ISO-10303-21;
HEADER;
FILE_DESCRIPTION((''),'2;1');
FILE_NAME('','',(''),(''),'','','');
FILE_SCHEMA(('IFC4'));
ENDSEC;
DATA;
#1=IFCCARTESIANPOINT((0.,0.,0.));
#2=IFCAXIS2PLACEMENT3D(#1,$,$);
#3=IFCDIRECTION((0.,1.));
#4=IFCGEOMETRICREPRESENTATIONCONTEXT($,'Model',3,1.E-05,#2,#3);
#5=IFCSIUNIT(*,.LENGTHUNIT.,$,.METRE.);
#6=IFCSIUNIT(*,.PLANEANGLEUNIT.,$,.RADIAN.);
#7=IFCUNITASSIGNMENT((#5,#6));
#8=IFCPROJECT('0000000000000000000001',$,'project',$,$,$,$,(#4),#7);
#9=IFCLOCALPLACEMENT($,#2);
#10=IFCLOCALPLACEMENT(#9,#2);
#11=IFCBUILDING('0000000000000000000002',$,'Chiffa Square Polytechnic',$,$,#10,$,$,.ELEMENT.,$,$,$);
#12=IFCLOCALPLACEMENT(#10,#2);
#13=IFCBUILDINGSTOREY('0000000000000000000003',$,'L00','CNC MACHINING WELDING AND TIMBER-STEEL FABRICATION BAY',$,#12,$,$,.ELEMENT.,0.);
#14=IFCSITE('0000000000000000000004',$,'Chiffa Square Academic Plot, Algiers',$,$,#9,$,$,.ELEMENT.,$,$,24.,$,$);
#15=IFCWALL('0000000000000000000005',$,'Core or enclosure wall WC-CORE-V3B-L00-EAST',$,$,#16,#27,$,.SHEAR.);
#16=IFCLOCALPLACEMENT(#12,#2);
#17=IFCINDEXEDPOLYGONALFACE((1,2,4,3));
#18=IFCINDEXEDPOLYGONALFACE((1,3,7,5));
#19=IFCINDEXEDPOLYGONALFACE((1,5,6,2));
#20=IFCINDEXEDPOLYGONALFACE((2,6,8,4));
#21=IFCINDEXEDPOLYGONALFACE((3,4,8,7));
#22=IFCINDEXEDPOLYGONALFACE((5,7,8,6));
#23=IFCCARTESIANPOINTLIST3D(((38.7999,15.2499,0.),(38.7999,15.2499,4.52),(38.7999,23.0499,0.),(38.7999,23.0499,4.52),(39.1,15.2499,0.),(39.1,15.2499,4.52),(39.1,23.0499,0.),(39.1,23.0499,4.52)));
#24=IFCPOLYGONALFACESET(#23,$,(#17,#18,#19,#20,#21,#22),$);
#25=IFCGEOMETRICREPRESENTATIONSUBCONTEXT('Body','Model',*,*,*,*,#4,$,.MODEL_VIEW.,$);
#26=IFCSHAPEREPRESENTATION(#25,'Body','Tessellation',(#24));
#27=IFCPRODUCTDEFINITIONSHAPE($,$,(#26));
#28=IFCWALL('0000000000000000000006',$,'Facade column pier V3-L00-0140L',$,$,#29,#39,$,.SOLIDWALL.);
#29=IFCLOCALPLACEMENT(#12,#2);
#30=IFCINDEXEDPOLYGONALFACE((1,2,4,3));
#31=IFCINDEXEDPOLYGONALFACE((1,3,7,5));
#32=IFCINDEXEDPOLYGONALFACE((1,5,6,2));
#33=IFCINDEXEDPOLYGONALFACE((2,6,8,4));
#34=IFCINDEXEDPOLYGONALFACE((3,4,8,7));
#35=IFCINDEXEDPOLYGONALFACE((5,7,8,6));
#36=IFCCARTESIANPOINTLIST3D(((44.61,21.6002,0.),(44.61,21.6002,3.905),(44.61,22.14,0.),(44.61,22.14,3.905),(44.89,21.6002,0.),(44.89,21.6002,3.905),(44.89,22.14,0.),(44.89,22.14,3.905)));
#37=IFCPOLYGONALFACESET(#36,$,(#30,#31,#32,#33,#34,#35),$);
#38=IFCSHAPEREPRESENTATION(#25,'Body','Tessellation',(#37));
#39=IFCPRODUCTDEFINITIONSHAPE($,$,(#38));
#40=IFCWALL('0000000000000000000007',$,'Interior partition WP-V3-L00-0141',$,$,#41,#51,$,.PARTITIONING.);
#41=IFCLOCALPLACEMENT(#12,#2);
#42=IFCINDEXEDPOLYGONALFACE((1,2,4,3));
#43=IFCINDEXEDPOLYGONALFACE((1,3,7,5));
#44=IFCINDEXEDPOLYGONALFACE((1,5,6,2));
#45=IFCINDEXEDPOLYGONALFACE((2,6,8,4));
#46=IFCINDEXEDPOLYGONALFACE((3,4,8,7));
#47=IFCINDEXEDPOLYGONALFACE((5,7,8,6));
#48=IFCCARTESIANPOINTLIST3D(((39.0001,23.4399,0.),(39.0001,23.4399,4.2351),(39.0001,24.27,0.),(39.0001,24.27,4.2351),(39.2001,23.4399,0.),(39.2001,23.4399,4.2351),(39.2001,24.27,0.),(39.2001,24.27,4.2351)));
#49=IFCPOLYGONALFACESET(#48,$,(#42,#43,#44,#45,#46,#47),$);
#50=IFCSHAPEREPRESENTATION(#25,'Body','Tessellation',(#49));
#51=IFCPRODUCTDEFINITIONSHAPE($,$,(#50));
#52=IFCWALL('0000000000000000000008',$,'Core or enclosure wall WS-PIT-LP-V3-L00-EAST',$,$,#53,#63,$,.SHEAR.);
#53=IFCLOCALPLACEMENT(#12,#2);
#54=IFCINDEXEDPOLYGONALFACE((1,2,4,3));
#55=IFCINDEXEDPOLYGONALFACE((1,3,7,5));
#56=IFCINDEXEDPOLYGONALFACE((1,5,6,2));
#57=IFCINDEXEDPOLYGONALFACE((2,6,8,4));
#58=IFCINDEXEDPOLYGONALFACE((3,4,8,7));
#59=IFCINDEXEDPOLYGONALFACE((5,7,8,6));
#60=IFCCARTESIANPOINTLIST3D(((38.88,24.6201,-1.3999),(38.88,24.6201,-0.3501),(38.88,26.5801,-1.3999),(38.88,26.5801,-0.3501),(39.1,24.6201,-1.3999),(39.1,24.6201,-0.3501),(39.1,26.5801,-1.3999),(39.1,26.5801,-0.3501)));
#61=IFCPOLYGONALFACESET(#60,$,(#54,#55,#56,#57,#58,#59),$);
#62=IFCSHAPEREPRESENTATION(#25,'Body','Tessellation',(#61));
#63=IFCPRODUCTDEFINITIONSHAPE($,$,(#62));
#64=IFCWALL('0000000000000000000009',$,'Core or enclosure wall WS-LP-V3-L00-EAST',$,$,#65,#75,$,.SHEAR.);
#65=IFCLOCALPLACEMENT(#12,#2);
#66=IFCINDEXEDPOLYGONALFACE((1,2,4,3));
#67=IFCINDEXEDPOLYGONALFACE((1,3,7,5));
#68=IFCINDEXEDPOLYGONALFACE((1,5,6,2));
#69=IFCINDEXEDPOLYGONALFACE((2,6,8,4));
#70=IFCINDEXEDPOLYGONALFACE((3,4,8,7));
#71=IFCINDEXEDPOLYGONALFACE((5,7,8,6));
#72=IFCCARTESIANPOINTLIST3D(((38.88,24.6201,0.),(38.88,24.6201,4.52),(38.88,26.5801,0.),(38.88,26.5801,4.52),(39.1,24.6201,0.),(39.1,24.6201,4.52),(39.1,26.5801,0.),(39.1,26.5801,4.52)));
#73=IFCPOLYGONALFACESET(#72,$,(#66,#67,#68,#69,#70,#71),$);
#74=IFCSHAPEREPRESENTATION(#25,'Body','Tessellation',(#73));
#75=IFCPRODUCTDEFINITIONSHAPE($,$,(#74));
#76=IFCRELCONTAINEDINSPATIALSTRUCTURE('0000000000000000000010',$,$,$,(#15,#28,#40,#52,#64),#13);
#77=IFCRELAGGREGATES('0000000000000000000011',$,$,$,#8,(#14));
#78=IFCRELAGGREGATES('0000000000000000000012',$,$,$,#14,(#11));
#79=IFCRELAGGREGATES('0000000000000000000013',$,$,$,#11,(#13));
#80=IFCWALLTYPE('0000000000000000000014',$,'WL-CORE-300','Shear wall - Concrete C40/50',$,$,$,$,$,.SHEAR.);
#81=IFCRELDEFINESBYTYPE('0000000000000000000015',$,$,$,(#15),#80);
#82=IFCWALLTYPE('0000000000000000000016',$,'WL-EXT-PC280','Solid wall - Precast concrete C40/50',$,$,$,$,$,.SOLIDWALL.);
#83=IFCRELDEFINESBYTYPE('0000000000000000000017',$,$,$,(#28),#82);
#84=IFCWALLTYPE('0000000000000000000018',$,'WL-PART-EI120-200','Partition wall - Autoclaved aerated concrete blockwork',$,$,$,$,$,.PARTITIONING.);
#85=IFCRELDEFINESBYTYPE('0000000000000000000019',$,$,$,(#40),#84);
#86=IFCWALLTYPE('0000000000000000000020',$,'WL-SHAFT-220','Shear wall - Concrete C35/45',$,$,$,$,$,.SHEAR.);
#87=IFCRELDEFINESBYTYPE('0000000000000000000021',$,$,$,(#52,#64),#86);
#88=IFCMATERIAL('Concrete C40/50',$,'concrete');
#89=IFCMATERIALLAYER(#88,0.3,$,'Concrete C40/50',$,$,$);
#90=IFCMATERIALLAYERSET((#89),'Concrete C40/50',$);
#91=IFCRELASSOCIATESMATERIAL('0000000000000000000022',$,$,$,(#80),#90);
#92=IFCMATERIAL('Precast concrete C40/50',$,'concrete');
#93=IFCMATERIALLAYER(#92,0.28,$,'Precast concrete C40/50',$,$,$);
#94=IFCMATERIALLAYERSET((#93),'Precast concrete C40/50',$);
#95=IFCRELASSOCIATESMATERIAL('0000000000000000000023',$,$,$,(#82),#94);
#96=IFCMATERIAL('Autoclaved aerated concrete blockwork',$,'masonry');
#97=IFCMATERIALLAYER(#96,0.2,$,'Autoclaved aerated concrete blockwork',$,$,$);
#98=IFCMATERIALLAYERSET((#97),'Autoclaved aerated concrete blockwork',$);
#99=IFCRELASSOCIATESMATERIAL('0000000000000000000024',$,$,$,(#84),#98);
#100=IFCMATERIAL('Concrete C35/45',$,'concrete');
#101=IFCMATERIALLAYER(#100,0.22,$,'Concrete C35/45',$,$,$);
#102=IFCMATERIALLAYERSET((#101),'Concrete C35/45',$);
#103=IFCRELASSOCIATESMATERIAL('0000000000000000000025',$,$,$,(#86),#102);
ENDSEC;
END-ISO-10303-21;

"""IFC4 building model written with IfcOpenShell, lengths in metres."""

from ifc_helpers import new_model, si_unit, direction, frame, frame_2d, origin, place, context, subcontext, project, spatial, rectangle, extrude, material, layer, layer_set, type_object, element, save


model = new_model("IFC4")

# Units and contexts
model_context = context("Model", 3, precision=1e-05, world=origin(), true_north=direction((0.0, 1.0)))
body_context = subcontext(model_context, "Body", "Model", "MODEL_VIEW")
ifc_project = project(units=[si_unit("LENGTHUNIT", "METRE"), si_unit("PLANEANGLEUNIT", "RADIAN")], contexts=[model_context])

# Site, building, storey
site_placement = place(None, origin())
site = spatial("IfcSite", under=ifc_project, at=site_placement, Name="Chiffa Square Academic Plot, Algiers", CompositionType="ELEMENT", RefElevation=24.0)
building_placement = place(site_placement, origin())
building = spatial("IfcBuilding", under=site, at=building_placement, Name="Chiffa Square Polytechnic", CompositionType="ELEMENT")
storey_placement = place(building_placement, origin())
storey = spatial("IfcBuildingStorey", under=building, at=storey_placement, Name="L00", Description="CNC MACHINING WELDING AND TIMBER-STEEL FABRICATION BAY", CompositionType="ELEMENT", Elevation=0.0)

# Shared definitions
ifc_material_1 = material(Name="Concrete C35/45", Category="concrete")

# Walls
ifc_material_2 = material(Name="Concrete C40/50", Category="concrete")
ifc_layer_1 = layer(ifc_material_2, 0.3, Name="Concrete C40/50")
ifc_layer_set_1 = layer_set([ifc_layer_1], Name="Concrete C40/50")
wall_type_1 = type_object("IfcWallType", Name="WL-CORE-300", Description="Shear wall - Concrete C40/50", PredefinedType="SHEAR", material=ifc_layer_set_1)
wall_1_placement = place(storey_placement, frame((38.95, 15.25, 0.0), z_axis=(0.0, 0.0, 1.0), x_axis=(0.0, 1.0, 0.0)))
element("IfcWall", 1, at=wall_1_placement, inside=storey, type_object=wall_type_1, Name="Core or enclosure wall WC-CORE-V3B-L00-EAST", PredefinedType="SHEAR", context=body_context, shape_type="SweptSolid", body=[
    extrude(rectangle(XDim=7.8, YDim=0.3, at=frame_2d((3.8999, 0.0))), origin(), (0.0, 0.0, 1.0), 4.52),
])
ifc_material_3 = material(Name="Precast concrete C40/50", Category="concrete")
ifc_layer_2 = layer(ifc_material_3, 0.28, Name="Precast concrete C40/50")
ifc_layer_set_2 = layer_set([ifc_layer_2], Name="Precast concrete C40/50")
wall_type_2 = type_object("IfcWallType", Name="WL-EXT-PC280", Description="Solid wall - Precast concrete C40/50", PredefinedType="SOLIDWALL", material=ifc_layer_set_2)
wall_2_placement = place(storey_placement, frame((44.75, 21.6001, 0.0), z_axis=(0.0, 0.0, 1.0), x_axis=(0.0, 1.0, 0.0)))
element("IfcWall", 2, at=wall_2_placement, inside=storey, type_object=wall_type_2, Name="Facade column pier V3-L00-0140L", PredefinedType="SOLIDWALL", context=body_context, shape_type="SweptSolid", body=[
    extrude(rectangle(XDim=0.5398, YDim=0.28, at=frame_2d((0.27, 0.0))), origin(), (0.0, 0.0, 1.0), 3.905),
])

# Shared definitions
ifc_material_4 = material(Name="Autoclaved aerated concrete blockwork", Category="masonry")
ifc_layer_3 = layer(ifc_material_4, 0.2, Name="Autoclaved aerated concrete blockwork")
ifc_layer_set_3 = layer_set([ifc_layer_3], Name="Autoclaved aerated concrete blockwork")
wall_type_3 = type_object("IfcWallType", Name="WL-PART-EI120-200", Description="Partition wall - Autoclaved aerated concrete blockwork", PredefinedType="PARTITIONING", material=ifc_layer_set_3)

# Walls
wall_3_placement = place(storey_placement, frame((39.1001, 23.4399, 0.0), z_axis=(0.0, 0.0, 1.0), x_axis=(0.0, 1.0, 0.0)))
element("IfcWall", 3, at=wall_3_placement, inside=storey, type_object=wall_type_3, Name="Interior partition WP-V3-L00-0141", PredefinedType="PARTITIONING", context=body_context, shape_type="SweptSolid", body=[
    extrude(rectangle(XDim=0.8301, YDim=0.2, at=frame_2d((0.415, 0.0))), origin(), (0.0, 0.0, 1.0), 4.2351),
])
ifc_layer_4 = layer(ifc_material_1, 0.22, Name="Concrete C35/45")
ifc_layer_set_4 = layer_set([ifc_layer_4], Name="Concrete C35/45")
wall_type_4 = type_object("IfcWallType", Name="WL-SHAFT-220", Description="Shear wall - Concrete C35/45", PredefinedType="SHEAR", material=ifc_layer_set_4)
wall_4_placement = place(storey_placement, frame((38.99, 24.6201, -1.3999), z_axis=(0.0, 0.0, 1.0), x_axis=(0.0, 1.0, 0.0)))
element("IfcWall", 4, at=wall_4_placement, inside=storey, type_object=wall_type_4, Name="Core or enclosure wall WS-PIT-LP-V3-L00-EAST", PredefinedType="SHEAR", context=body_context, shape_type="SweptSolid", body=[
    extrude(rectangle(XDim=1.96, YDim=0.22, at=frame_2d((0.98, 0.0))), origin(), (0.0, 0.0, 1.0), 1.0498),
])
wall_5_placement = place(storey_placement, frame((38.99, 24.6201, 0.0), z_axis=(0.0, 0.0, 1.0), x_axis=(0.0, 1.0, 0.0)))
element("IfcWall", 5, at=wall_5_placement, inside=storey, type_object=wall_type_4, Name="Core or enclosure wall WS-LP-V3-L00-EAST", PredefinedType="SHEAR", context=body_context, shape_type="SweptSolid", body=[
    extrude(rectangle(XDim=1.96, YDim=0.22, at=frame_2d((0.98, 0.0))), origin(), (0.0, 0.0, 1.0), 4.52),
])

save(model, "model.ifc")
